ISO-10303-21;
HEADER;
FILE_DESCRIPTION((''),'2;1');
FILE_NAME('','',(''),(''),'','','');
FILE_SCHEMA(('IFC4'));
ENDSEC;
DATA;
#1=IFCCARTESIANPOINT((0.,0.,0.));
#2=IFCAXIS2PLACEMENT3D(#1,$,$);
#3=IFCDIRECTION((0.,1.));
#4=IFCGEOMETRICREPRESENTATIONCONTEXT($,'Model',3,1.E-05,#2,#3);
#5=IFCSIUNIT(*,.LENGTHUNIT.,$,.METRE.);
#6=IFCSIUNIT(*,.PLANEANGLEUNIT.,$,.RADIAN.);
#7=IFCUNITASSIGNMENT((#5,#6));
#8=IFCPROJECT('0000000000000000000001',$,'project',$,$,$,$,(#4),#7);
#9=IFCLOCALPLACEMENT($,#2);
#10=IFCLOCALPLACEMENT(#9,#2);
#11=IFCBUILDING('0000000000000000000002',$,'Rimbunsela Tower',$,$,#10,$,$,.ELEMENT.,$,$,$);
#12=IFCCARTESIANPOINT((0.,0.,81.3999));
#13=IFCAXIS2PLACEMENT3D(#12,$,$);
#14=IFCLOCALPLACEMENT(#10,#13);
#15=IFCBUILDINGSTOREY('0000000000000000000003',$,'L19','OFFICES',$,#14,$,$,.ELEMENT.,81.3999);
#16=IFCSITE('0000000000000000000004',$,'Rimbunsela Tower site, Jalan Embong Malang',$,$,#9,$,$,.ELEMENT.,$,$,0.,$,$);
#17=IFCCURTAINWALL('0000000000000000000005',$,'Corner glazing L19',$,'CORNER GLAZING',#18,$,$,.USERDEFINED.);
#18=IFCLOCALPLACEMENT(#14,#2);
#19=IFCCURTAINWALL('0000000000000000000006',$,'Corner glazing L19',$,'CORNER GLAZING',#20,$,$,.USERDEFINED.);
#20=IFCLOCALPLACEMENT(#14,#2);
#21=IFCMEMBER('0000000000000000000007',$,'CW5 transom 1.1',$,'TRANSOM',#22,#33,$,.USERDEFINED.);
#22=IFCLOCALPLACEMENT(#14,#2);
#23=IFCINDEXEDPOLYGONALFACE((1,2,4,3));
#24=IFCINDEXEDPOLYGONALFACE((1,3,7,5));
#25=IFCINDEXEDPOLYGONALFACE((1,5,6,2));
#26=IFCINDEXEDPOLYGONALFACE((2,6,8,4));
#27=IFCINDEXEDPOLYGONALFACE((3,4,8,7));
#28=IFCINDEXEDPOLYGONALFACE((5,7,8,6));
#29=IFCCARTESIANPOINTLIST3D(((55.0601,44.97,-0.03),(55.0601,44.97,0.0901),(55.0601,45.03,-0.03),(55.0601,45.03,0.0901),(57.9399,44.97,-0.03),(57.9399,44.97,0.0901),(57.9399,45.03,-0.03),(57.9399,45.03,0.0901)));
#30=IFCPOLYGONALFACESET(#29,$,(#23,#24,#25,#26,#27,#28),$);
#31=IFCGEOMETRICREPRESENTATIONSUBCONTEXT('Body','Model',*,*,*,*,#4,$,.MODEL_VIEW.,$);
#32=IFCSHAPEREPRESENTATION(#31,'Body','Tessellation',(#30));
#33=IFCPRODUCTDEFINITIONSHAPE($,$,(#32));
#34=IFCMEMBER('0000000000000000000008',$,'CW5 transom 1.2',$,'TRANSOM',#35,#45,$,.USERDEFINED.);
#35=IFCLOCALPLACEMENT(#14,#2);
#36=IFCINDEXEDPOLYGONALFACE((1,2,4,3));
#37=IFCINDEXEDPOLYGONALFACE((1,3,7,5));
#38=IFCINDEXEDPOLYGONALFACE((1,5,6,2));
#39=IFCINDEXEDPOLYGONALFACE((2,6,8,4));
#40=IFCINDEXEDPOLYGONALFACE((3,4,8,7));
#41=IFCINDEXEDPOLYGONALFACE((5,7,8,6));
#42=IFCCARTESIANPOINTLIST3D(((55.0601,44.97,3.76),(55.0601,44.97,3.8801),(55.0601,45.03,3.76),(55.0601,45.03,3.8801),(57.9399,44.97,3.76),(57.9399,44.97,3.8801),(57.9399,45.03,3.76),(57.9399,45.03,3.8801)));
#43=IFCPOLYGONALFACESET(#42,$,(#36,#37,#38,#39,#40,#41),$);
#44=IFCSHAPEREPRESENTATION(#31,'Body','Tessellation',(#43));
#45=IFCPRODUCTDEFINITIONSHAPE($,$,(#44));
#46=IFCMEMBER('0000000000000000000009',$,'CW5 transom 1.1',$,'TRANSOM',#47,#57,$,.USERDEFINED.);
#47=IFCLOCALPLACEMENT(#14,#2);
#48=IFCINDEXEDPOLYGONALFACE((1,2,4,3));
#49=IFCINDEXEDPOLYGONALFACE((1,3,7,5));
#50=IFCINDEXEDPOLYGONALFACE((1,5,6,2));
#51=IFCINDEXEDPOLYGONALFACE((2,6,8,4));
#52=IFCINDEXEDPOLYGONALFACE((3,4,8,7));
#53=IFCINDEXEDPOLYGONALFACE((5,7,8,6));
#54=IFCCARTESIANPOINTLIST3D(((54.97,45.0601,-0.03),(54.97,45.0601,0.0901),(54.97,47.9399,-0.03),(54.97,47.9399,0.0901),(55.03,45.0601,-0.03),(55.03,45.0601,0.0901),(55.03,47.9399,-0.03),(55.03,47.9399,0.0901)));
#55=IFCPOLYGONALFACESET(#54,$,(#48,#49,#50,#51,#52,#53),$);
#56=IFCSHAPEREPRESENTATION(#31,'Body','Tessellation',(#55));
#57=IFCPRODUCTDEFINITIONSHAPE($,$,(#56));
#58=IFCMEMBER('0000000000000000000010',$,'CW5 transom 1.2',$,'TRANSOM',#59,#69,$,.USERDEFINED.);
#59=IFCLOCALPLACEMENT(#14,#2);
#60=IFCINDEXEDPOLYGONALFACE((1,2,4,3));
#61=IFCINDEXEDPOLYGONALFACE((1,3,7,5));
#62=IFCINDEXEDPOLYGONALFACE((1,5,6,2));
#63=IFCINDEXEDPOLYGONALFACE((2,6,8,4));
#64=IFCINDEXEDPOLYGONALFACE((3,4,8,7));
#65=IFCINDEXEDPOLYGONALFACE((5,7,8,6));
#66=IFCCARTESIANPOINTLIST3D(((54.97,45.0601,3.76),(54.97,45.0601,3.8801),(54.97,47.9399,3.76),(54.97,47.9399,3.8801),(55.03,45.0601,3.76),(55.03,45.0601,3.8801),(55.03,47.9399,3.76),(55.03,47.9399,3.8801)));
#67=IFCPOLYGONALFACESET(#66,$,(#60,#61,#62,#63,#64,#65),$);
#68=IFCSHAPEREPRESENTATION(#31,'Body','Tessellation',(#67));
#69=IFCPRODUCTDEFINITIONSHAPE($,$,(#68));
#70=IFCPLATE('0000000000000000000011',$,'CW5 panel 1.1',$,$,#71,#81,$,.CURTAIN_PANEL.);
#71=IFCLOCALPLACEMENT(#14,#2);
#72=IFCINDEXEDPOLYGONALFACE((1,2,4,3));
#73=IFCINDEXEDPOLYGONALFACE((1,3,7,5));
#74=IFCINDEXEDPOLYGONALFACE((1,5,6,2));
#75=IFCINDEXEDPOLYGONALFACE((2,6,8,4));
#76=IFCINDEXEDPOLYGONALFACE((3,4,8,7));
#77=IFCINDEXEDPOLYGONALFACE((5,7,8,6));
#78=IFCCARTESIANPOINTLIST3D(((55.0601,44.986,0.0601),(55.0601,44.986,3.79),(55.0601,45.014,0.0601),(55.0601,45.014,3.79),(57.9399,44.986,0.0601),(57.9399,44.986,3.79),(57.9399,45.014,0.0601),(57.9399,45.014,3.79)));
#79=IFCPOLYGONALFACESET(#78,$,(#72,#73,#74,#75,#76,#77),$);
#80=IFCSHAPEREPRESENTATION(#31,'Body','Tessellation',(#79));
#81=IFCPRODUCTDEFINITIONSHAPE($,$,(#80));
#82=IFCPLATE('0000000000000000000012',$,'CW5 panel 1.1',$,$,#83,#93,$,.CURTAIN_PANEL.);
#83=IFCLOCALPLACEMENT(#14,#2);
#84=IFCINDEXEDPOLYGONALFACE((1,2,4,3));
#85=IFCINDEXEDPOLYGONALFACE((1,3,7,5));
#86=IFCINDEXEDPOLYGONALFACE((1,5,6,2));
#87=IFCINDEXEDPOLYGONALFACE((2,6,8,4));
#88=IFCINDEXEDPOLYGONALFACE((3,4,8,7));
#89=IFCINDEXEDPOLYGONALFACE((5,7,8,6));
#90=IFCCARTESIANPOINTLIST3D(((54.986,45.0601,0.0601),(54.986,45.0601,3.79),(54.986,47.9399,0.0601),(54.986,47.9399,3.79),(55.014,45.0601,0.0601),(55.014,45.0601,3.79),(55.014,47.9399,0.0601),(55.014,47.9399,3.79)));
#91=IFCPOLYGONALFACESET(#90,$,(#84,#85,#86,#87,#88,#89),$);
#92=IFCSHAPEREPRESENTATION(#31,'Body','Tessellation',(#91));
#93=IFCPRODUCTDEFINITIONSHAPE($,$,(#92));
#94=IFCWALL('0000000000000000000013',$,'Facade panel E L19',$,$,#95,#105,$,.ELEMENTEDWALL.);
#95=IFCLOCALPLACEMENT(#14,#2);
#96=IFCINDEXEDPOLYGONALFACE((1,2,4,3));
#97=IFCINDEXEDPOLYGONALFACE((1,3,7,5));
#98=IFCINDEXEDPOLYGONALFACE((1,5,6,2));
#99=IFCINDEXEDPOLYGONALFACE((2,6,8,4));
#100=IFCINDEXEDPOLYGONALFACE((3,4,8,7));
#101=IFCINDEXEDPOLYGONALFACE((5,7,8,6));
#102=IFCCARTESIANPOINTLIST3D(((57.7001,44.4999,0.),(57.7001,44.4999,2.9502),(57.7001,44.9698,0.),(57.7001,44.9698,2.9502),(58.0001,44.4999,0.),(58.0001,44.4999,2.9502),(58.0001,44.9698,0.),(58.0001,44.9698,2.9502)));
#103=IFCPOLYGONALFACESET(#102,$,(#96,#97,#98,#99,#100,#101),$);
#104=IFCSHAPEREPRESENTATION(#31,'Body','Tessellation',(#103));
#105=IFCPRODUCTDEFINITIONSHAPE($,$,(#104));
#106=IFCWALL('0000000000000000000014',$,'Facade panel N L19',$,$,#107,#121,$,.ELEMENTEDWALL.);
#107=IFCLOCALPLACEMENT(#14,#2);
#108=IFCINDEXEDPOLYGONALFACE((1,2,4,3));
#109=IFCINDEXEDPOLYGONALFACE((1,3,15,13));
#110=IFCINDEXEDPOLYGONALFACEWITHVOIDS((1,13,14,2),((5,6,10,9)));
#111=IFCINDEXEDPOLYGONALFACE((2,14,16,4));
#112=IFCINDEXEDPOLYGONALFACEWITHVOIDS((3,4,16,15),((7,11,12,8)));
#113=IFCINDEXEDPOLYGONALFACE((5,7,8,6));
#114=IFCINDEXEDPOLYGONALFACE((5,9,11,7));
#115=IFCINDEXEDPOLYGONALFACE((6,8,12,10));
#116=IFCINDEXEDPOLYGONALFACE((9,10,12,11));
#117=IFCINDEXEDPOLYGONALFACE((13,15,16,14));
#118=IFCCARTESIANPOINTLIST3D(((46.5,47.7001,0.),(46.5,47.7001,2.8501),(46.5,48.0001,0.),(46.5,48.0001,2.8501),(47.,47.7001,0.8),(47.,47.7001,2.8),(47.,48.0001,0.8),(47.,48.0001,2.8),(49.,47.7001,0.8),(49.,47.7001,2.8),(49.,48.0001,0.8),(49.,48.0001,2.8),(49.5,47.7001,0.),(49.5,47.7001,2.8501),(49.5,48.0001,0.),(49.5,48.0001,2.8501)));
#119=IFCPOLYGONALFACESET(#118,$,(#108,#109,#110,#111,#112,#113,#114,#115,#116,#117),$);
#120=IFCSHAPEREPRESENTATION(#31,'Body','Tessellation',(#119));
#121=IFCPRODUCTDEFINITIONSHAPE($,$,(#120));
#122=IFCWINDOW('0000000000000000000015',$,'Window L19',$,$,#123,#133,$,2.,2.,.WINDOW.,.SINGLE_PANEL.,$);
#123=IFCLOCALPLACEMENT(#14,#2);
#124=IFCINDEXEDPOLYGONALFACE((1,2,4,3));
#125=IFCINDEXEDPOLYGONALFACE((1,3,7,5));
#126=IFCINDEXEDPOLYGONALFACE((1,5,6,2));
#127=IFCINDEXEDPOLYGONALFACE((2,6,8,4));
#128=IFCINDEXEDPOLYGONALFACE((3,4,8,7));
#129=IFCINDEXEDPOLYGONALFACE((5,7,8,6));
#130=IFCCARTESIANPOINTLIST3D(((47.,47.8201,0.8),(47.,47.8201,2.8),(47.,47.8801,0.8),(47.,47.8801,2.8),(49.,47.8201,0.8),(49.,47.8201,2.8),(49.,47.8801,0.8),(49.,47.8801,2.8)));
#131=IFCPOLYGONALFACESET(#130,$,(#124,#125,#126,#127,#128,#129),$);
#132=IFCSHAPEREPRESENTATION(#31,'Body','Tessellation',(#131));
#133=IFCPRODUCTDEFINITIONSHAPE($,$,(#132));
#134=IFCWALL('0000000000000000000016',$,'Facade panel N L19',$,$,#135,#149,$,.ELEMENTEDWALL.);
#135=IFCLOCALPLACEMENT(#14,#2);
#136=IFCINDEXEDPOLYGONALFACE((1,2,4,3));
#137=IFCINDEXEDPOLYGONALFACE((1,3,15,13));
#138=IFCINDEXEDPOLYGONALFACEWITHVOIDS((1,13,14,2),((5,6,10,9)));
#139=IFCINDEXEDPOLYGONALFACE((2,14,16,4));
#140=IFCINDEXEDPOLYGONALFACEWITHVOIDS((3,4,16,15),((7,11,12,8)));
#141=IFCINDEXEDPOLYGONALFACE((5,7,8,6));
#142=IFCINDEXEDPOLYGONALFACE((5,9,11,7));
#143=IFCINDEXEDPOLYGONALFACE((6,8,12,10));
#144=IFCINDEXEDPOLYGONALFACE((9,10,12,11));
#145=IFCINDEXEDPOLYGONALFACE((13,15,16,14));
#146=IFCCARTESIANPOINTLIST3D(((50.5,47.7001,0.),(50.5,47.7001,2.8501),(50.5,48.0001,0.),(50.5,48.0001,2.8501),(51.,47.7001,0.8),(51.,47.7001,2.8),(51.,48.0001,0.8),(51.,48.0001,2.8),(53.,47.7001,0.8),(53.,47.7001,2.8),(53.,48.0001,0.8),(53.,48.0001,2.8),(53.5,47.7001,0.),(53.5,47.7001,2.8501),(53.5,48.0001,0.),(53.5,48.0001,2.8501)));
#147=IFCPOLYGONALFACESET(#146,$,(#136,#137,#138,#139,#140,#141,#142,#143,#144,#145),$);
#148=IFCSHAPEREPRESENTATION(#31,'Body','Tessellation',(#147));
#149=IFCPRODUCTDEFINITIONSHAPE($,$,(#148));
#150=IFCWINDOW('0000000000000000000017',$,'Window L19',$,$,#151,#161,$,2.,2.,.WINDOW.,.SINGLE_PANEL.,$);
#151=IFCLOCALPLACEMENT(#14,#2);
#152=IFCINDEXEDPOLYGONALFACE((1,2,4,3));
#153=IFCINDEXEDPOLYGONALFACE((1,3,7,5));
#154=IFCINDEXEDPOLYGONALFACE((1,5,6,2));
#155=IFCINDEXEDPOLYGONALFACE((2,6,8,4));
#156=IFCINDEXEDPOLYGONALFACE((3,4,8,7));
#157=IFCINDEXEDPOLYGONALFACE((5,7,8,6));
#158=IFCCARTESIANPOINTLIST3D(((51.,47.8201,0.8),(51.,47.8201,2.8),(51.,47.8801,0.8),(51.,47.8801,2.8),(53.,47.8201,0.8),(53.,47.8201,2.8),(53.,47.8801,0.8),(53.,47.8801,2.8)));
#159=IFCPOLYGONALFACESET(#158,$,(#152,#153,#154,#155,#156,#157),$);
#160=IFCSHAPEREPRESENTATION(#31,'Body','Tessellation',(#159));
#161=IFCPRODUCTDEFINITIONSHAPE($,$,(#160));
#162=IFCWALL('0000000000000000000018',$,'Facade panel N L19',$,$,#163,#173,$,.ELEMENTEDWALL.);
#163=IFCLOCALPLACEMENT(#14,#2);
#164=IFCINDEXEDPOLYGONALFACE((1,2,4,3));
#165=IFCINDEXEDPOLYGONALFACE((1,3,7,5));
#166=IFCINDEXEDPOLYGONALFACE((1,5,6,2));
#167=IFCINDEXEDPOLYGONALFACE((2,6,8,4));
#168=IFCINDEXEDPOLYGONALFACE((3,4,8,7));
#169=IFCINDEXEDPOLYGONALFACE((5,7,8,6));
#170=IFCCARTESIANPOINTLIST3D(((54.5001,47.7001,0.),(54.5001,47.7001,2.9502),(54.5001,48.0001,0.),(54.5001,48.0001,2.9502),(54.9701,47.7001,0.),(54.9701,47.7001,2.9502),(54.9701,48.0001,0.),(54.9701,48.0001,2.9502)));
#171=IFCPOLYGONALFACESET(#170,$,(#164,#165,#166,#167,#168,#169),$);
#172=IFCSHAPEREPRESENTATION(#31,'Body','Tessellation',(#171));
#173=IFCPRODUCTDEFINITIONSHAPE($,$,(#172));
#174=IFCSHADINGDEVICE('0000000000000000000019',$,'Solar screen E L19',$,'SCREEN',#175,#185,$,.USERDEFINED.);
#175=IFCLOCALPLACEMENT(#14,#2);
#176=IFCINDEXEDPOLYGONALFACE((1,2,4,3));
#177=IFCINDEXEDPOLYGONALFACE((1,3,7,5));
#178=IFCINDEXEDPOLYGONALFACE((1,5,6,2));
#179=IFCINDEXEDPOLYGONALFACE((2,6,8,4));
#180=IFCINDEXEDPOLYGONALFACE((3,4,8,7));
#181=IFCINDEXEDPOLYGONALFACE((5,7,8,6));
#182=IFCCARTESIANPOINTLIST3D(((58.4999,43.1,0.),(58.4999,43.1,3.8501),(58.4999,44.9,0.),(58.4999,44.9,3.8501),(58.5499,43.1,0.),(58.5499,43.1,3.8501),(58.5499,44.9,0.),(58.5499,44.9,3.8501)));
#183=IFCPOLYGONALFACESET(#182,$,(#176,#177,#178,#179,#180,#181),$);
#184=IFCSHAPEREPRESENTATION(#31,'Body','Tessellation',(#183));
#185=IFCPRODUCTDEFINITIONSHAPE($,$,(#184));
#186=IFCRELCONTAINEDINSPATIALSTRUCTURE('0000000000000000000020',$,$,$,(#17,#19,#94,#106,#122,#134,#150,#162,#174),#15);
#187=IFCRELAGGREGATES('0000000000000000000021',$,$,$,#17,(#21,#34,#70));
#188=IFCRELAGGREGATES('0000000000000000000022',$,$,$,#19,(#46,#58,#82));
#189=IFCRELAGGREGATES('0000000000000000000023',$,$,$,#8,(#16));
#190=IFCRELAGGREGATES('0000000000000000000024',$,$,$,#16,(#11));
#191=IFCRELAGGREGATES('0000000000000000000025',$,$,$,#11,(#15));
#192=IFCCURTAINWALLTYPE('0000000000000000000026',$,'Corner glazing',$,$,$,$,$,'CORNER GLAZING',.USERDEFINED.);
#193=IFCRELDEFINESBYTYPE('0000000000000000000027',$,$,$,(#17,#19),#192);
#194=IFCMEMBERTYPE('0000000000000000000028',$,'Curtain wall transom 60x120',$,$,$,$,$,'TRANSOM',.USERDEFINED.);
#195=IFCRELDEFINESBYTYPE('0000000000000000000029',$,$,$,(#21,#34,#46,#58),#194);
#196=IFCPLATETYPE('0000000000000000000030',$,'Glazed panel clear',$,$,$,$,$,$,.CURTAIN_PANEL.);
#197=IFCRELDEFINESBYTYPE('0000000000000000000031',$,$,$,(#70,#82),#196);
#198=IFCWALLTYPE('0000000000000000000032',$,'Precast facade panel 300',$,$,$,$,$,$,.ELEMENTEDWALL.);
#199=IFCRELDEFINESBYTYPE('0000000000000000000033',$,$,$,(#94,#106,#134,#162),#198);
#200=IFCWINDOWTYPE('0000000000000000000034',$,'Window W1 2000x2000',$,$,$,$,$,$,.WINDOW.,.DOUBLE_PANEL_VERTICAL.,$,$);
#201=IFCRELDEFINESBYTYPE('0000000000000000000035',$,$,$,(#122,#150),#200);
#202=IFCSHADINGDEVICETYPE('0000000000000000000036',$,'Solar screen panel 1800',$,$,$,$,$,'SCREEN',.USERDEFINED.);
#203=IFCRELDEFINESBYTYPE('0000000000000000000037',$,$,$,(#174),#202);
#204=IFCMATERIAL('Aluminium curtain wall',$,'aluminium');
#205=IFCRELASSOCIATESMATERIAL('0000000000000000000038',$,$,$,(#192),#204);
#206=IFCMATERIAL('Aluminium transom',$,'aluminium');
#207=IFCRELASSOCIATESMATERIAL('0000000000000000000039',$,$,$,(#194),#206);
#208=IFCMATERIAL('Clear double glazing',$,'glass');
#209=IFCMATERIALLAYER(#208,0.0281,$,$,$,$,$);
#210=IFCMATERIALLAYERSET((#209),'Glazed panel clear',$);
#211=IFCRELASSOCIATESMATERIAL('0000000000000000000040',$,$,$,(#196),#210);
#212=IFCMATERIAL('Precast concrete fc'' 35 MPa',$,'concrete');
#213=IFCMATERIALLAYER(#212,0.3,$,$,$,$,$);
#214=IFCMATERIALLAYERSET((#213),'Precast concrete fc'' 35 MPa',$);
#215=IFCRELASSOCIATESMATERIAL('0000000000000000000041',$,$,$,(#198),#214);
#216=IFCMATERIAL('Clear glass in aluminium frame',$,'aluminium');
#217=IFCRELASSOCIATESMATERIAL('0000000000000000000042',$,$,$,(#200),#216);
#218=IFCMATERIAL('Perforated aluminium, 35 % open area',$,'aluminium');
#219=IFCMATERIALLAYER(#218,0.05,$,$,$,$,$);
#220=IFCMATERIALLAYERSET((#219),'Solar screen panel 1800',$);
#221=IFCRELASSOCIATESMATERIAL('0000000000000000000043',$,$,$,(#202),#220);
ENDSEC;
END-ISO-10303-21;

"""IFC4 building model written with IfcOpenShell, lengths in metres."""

from ifc_helpers import new_model, si_unit, direction, frame, frame_2d, origin, origin_2d, place, context, subcontext, project, spatial, rectangle, extrude, material, layer, layer_set, material_profile, profile_set, type_object, element, fill, aggregate, save


model = new_model("IFC4")

# Units and contexts
model_context = context("Model", 3, precision=1e-05, world=origin(), true_north=direction((0.0, 1.0)))
body_context = subcontext(model_context, "Body", "Model", "MODEL_VIEW")
ifc_project = project(units=[si_unit("LENGTHUNIT", "METRE"), si_unit("PLANEANGLEUNIT", "RADIAN")], contexts=[model_context])

# Site, building, storey
site_placement = place(None, origin())
site = spatial("IfcSite", under=ifc_project, at=site_placement, Name="Rimbunsela Tower site, Jalan Embong Malang", CompositionType="ELEMENT", RefElevation=0.0)
building_placement = place(site_placement, origin())
building = spatial("IfcBuilding", under=site, at=building_placement, Name="Rimbunsela Tower", CompositionType="ELEMENT")
storey_placement = place(building_placement, frame((0.0, 0.0, 81.3999)))
storey = spatial("IfcBuildingStorey", under=building, at=storey_placement, Name="L19", Description="OFFICES", CompositionType="ELEMENT", Elevation=81.3999)

# Curtain walls
ifc_material_1 = material(Name="Aluminium curtain wall", Category="aluminium")
curtain_wall_type = type_object("IfcCurtainWallType", Name="Corner glazing", ElementType="CORNER GLAZING", PredefinedType="USERDEFINED", material=ifc_material_1)
curtain_wall_1_placement = place(storey_placement, origin())
curtain_wall_1 = element("IfcCurtainWall", 1, at=curtain_wall_1_placement, inside=storey, type_object=curtain_wall_type, Name="Corner glazing L19", ObjectType="CORNER GLAZING", PredefinedType="USERDEFINED")
curtain_wall_2_placement = place(storey_placement, origin())
curtain_wall_2 = element("IfcCurtainWall", 2, at=curtain_wall_2_placement, inside=storey, type_object=curtain_wall_type, Name="Corner glazing L19", ObjectType="CORNER GLAZING", PredefinedType="USERDEFINED")

# Members
ifc_material_2 = material(Name="Aluminium transom", Category="aluminium")
ifc_material_profile_1 = material_profile(ifc_material_2, rectangle(XDim=0.0601, YDim=0.1201, at=origin_2d()), Name="Transom 60x120")
ifc_profile_set_1 = profile_set([ifc_material_profile_1], Name="Aluminium transom")
member_type_1 = type_object("IfcMemberType", Name="Curtain wall transom 60x120", ElementType="TRANSOM", PredefinedType="USERDEFINED", material=ifc_profile_set_1)
member_1_placement = place(storey_placement, frame((57.9399, 45.0, 0.03), z_axis=(-1.0, 0.0, 0.0), x_axis=(0.0, -1.0, 0.0)))
member_1 = element("IfcMember", 3, at=member_1_placement, type_object=member_type_1, Name="CW5 transom 1.1", ObjectType="TRANSOM", PredefinedType="USERDEFINED", context=body_context, shape_type="SweptSolid", body=[
    extrude(rectangle(XDim=0.0601, YDim=0.1201, at=origin_2d()), origin(), (0.0, 0.0, 1.0), 2.8799),
])
member_2_placement = place(storey_placement, frame((57.9399, 45.0, 3.8201), z_axis=(-1.0, 0.0, 0.0), x_axis=(0.0, -1.0, 0.0)))
member_2 = element("IfcMember", 4, at=member_2_placement, type_object=member_type_1, Name="CW5 transom 1.2", ObjectType="TRANSOM", PredefinedType="USERDEFINED", context=body_context, shape_type="SweptSolid", body=[
    extrude(rectangle(XDim=0.0601, YDim=0.1201, at=origin_2d()), origin(), (0.0, 0.0, 1.0), 2.8799),
])
member_3_placement = place(storey_placement, frame((55.0, 45.0601, 0.03), z_axis=(0.0, 1.0, 0.0), x_axis=(-1.0, 0.0, 0.0)))
member_3 = element("IfcMember", 5, at=member_3_placement, type_object=member_type_1, Name="CW5 transom 1.1", ObjectType="TRANSOM", PredefinedType="USERDEFINED", context=body_context, shape_type="SweptSolid", body=[
    extrude(rectangle(XDim=0.0601, YDim=0.1201, at=origin_2d()), origin(), (0.0, 0.0, 1.0), 2.8799),
])
member_4_placement = place(storey_placement, frame((55.0, 45.0601, 3.8201), z_axis=(0.0, 1.0, 0.0), x_axis=(-1.0, 0.0, 0.0)))
member_4 = element("IfcMember", 6, at=member_4_placement, type_object=member_type_1, Name="CW5 transom 1.2", ObjectType="TRANSOM", PredefinedType="USERDEFINED", context=body_context, shape_type="SweptSolid", body=[
    extrude(rectangle(XDim=0.0601, YDim=0.1201, at=origin_2d()), origin(), (0.0, 0.0, 1.0), 2.8799),
])

# Plates
ifc_material_3 = material(Name="Clear double glazing", Category="glass")
ifc_layer_1 = layer(ifc_material_3, 0.0281)
ifc_layer_set_1 = layer_set([ifc_layer_1], Name="Glazed panel clear")
plate_type = type_object("IfcPlateType", Name="Glazed panel clear", PredefinedType="CURTAIN_PANEL", material=ifc_layer_set_1)
plate_1_placement = place(storey_placement, frame((56.5, 45.0, 0.0601), z_axis=(0.0, 0.0, 1.0), x_axis=(-1.0, 0.0, 0.0)))
plate_1 = element("IfcPlate", 7, at=plate_1_placement, type_object=plate_type, Name="CW5 panel 1.1", PredefinedType="CURTAIN_PANEL", context=body_context, shape_type="SweptSolid", body=[
    extrude(rectangle(XDim=2.8799, YDim=0.0281, at=origin_2d()), origin(), (0.0, 0.0, 1.0), 3.73),
])
aggregate(curtain_wall_1, [member_1, member_2, plate_1])
plate_2_placement = place(storey_placement, frame((55.0, 46.5, 0.0601), z_axis=(0.0, 0.0, 1.0), x_axis=(0.0, 1.0, 0.0)))
plate_2 = element("IfcPlate", 8, at=plate_2_placement, type_object=plate_type, Name="CW5 panel 1.1", PredefinedType="CURTAIN_PANEL", context=body_context, shape_type="SweptSolid", body=[
    extrude(rectangle(XDim=2.8799, YDim=0.0281, at=origin_2d()), origin(), (0.0, 0.0, 1.0), 3.73),
])
aggregate(curtain_wall_2, [member_3, member_4, plate_2])

# Wall
ifc_material_4 = material(Name="Precast concrete fc' 35 MPa", Category="concrete")
ifc_layer_2 = layer(ifc_material_4, 0.3)
ifc_layer_set_2 = layer_set([ifc_layer_2], Name="Precast concrete fc' 35 MPa")
wall_type = type_object("IfcWallType", Name="Precast facade panel 300", PredefinedType="ELEMENTEDWALL", material=ifc_layer_set_2)
wall_1_placement = place(storey_placement, frame((57.8501, 44.5, 0.0), z_axis=(0.0, 0.0, 1.0), x_axis=(0.0, 1.0, 0.0)))
element("IfcWall", 9, at=wall_1_placement, inside=storey, type_object=wall_type, Name="Facade panel E L19", PredefinedType="ELEMENTEDWALL", context=body_context, shape_type="SweptSolid", body=[
    extrude(rectangle(XDim=0.47, YDim=0.3, at=frame_2d((0.2349, 0.0))), origin(), (0.0, 0.0, 1.0), 2.9502),
])

# Walls, openings, windows
wall_2_placement = place(storey_placement, frame((49.5, 47.8501, 0.0), z_axis=(0.0, 0.0, 1.0), x_axis=(-1.0, 0.0, 0.0)))
wall_2 = element("IfcWall", 10, at=wall_2_placement, inside=storey, type_object=wall_type, Name="Facade panel N L19", PredefinedType="ELEMENTEDWALL", context=body_context, shape_type="SweptSolid", body=[
    extrude(rectangle(XDim=3.0, YDim=0.3, at=frame_2d((1.5, 0.0))), origin(), (0.0, 0.0, 1.0), 2.8501),
])
opening_1_placement = place(wall_2_placement, frame((0.5, 0.0, 0.8)))
opening_1 = element("IfcOpeningElement", 11, at=opening_1_placement, cuts=wall_2, PredefinedType="OPENING", context=body_context, shape_type="SweptSolid", body=[
    extrude(rectangle(XDim=2.0, YDim=2.0, at=frame_2d((1.0, 1.0))), frame((0.0, 0.1599, 0.0), z_axis=(0.0, -1.0, 0.0), x_axis=(1.0, 0.0, 0.0)), (0.0, 0.0, 1.0), 0.3201),
])
ifc_material_5 = material(Name="Clear glass in aluminium frame", Category="aluminium")
window_type = type_object("IfcWindowType", Name="Window W1 2000x2000", PartitioningType="DOUBLE_PANEL_VERTICAL", PredefinedType="WINDOW", material=ifc_material_5)
window_1_placement = place(opening_1_placement, origin())
window_1 = element("IfcWindow", 12, at=window_1_placement, inside=storey, type_object=window_type, Name="Window L19", OverallHeight=2.0, OverallWidth=2.0, PartitioningType="SINGLE_PANEL", PredefinedType="WINDOW", context=body_context, shape_type="SweptSolid", body=[
    extrude(rectangle(XDim=2.0, YDim=2.0, at=frame_2d((1.0, 1.0))), frame((0.0, 0.03, 0.0), z_axis=(0.0, -1.0, 0.0), x_axis=(1.0, 0.0, 0.0)), (0.0, 0.0, 1.0), 0.0601),
])
fill(opening_1, window_1)
wall_3_placement = place(storey_placement, frame((53.5, 47.8501, 0.0), z_axis=(0.0, 0.0, 1.0), x_axis=(-1.0, 0.0, 0.0)))
wall_3 = element("IfcWall", 13, at=wall_3_placement, inside=storey, type_object=wall_type, Name="Facade panel N L19", PredefinedType="ELEMENTEDWALL", context=body_context, shape_type="SweptSolid", body=[
    extrude(rectangle(XDim=3.0, YDim=0.3, at=frame_2d((1.5, 0.0))), origin(), (0.0, 0.0, 1.0), 2.8501),
])
opening_2_placement = place(wall_3_placement, frame((0.5, 0.0, 0.8)))
opening_2 = element("IfcOpeningElement", 14, at=opening_2_placement, cuts=wall_3, PredefinedType="OPENING", context=body_context, shape_type="SweptSolid", body=[
    extrude(rectangle(XDim=2.0, YDim=2.0, at=frame_2d((1.0, 1.0))), frame((0.0, 0.1599, 0.0), z_axis=(0.0, -1.0, 0.0), x_axis=(1.0, 0.0, 0.0)), (0.0, 0.0, 1.0), 0.3201),
])
window_2_placement = place(opening_2_placement, origin())
window_2 = element("IfcWindow", 15, at=window_2_placement, inside=storey, type_object=window_type, Name="Window L19", OverallHeight=2.0, OverallWidth=2.0, PartitioningType="SINGLE_PANEL", PredefinedType="WINDOW", context=body_context, shape_type="SweptSolid", body=[
    extrude(rectangle(XDim=2.0, YDim=2.0, at=frame_2d((1.0, 1.0))), frame((0.0, 0.03, 0.0), z_axis=(0.0, -1.0, 0.0), x_axis=(1.0, 0.0, 0.0)), (0.0, 0.0, 1.0), 0.0601),
])
fill(opening_2, window_2)

# Wall
wall_4_placement = place(storey_placement, frame((54.97, 47.8501, 0.0), z_axis=(0.0, 0.0, 1.0), x_axis=(-1.0, 0.0, 0.0)))
element("IfcWall", 16, at=wall_4_placement, inside=storey, type_object=wall_type, Name="Facade panel N L19", PredefinedType="ELEMENTEDWALL", context=body_context, shape_type="SweptSolid", body=[
    extrude(rectangle(XDim=0.47, YDim=0.3, at=frame_2d((0.2349, 0.0))), origin(), (0.0, 0.0, 1.0), 2.9502),
])

# Shading device
ifc_material_6 = material(Name="Perforated aluminium, 35 % open area", Category="aluminium")
ifc_layer_3 = layer(ifc_material_6, 0.05)
ifc_layer_set_3 = layer_set([ifc_layer_3], Name="Solar screen panel 1800")
shading_device_type = type_object("IfcShadingDeviceType", Name="Solar screen panel 1800", ElementType="SCREEN", PredefinedType="USERDEFINED", material=ifc_layer_set_3)
for number, where, z_axis, x_axis, name in (
    (17, (58.5249, 44.0, 0.0), (0.0, 0.0, 1.0), (0.0, 1.0, 0.0), "Solar screen E L19"),
):
    element("IfcShadingDevice", number, at=place(storey_placement, frame(where, z_axis=z_axis, x_axis=x_axis)), inside=storey, type_object=shading_device_type, Name=name, ObjectType="SCREEN", PredefinedType="USERDEFINED", context=body_context, shape_type="SweptSolid", body=[
        extrude(rectangle(XDim=1.8, YDim=0.05, at=origin_2d()), origin(), (0.0, 0.0, 1.0), 3.8501),
    ])

save(model, "model.ifc")
